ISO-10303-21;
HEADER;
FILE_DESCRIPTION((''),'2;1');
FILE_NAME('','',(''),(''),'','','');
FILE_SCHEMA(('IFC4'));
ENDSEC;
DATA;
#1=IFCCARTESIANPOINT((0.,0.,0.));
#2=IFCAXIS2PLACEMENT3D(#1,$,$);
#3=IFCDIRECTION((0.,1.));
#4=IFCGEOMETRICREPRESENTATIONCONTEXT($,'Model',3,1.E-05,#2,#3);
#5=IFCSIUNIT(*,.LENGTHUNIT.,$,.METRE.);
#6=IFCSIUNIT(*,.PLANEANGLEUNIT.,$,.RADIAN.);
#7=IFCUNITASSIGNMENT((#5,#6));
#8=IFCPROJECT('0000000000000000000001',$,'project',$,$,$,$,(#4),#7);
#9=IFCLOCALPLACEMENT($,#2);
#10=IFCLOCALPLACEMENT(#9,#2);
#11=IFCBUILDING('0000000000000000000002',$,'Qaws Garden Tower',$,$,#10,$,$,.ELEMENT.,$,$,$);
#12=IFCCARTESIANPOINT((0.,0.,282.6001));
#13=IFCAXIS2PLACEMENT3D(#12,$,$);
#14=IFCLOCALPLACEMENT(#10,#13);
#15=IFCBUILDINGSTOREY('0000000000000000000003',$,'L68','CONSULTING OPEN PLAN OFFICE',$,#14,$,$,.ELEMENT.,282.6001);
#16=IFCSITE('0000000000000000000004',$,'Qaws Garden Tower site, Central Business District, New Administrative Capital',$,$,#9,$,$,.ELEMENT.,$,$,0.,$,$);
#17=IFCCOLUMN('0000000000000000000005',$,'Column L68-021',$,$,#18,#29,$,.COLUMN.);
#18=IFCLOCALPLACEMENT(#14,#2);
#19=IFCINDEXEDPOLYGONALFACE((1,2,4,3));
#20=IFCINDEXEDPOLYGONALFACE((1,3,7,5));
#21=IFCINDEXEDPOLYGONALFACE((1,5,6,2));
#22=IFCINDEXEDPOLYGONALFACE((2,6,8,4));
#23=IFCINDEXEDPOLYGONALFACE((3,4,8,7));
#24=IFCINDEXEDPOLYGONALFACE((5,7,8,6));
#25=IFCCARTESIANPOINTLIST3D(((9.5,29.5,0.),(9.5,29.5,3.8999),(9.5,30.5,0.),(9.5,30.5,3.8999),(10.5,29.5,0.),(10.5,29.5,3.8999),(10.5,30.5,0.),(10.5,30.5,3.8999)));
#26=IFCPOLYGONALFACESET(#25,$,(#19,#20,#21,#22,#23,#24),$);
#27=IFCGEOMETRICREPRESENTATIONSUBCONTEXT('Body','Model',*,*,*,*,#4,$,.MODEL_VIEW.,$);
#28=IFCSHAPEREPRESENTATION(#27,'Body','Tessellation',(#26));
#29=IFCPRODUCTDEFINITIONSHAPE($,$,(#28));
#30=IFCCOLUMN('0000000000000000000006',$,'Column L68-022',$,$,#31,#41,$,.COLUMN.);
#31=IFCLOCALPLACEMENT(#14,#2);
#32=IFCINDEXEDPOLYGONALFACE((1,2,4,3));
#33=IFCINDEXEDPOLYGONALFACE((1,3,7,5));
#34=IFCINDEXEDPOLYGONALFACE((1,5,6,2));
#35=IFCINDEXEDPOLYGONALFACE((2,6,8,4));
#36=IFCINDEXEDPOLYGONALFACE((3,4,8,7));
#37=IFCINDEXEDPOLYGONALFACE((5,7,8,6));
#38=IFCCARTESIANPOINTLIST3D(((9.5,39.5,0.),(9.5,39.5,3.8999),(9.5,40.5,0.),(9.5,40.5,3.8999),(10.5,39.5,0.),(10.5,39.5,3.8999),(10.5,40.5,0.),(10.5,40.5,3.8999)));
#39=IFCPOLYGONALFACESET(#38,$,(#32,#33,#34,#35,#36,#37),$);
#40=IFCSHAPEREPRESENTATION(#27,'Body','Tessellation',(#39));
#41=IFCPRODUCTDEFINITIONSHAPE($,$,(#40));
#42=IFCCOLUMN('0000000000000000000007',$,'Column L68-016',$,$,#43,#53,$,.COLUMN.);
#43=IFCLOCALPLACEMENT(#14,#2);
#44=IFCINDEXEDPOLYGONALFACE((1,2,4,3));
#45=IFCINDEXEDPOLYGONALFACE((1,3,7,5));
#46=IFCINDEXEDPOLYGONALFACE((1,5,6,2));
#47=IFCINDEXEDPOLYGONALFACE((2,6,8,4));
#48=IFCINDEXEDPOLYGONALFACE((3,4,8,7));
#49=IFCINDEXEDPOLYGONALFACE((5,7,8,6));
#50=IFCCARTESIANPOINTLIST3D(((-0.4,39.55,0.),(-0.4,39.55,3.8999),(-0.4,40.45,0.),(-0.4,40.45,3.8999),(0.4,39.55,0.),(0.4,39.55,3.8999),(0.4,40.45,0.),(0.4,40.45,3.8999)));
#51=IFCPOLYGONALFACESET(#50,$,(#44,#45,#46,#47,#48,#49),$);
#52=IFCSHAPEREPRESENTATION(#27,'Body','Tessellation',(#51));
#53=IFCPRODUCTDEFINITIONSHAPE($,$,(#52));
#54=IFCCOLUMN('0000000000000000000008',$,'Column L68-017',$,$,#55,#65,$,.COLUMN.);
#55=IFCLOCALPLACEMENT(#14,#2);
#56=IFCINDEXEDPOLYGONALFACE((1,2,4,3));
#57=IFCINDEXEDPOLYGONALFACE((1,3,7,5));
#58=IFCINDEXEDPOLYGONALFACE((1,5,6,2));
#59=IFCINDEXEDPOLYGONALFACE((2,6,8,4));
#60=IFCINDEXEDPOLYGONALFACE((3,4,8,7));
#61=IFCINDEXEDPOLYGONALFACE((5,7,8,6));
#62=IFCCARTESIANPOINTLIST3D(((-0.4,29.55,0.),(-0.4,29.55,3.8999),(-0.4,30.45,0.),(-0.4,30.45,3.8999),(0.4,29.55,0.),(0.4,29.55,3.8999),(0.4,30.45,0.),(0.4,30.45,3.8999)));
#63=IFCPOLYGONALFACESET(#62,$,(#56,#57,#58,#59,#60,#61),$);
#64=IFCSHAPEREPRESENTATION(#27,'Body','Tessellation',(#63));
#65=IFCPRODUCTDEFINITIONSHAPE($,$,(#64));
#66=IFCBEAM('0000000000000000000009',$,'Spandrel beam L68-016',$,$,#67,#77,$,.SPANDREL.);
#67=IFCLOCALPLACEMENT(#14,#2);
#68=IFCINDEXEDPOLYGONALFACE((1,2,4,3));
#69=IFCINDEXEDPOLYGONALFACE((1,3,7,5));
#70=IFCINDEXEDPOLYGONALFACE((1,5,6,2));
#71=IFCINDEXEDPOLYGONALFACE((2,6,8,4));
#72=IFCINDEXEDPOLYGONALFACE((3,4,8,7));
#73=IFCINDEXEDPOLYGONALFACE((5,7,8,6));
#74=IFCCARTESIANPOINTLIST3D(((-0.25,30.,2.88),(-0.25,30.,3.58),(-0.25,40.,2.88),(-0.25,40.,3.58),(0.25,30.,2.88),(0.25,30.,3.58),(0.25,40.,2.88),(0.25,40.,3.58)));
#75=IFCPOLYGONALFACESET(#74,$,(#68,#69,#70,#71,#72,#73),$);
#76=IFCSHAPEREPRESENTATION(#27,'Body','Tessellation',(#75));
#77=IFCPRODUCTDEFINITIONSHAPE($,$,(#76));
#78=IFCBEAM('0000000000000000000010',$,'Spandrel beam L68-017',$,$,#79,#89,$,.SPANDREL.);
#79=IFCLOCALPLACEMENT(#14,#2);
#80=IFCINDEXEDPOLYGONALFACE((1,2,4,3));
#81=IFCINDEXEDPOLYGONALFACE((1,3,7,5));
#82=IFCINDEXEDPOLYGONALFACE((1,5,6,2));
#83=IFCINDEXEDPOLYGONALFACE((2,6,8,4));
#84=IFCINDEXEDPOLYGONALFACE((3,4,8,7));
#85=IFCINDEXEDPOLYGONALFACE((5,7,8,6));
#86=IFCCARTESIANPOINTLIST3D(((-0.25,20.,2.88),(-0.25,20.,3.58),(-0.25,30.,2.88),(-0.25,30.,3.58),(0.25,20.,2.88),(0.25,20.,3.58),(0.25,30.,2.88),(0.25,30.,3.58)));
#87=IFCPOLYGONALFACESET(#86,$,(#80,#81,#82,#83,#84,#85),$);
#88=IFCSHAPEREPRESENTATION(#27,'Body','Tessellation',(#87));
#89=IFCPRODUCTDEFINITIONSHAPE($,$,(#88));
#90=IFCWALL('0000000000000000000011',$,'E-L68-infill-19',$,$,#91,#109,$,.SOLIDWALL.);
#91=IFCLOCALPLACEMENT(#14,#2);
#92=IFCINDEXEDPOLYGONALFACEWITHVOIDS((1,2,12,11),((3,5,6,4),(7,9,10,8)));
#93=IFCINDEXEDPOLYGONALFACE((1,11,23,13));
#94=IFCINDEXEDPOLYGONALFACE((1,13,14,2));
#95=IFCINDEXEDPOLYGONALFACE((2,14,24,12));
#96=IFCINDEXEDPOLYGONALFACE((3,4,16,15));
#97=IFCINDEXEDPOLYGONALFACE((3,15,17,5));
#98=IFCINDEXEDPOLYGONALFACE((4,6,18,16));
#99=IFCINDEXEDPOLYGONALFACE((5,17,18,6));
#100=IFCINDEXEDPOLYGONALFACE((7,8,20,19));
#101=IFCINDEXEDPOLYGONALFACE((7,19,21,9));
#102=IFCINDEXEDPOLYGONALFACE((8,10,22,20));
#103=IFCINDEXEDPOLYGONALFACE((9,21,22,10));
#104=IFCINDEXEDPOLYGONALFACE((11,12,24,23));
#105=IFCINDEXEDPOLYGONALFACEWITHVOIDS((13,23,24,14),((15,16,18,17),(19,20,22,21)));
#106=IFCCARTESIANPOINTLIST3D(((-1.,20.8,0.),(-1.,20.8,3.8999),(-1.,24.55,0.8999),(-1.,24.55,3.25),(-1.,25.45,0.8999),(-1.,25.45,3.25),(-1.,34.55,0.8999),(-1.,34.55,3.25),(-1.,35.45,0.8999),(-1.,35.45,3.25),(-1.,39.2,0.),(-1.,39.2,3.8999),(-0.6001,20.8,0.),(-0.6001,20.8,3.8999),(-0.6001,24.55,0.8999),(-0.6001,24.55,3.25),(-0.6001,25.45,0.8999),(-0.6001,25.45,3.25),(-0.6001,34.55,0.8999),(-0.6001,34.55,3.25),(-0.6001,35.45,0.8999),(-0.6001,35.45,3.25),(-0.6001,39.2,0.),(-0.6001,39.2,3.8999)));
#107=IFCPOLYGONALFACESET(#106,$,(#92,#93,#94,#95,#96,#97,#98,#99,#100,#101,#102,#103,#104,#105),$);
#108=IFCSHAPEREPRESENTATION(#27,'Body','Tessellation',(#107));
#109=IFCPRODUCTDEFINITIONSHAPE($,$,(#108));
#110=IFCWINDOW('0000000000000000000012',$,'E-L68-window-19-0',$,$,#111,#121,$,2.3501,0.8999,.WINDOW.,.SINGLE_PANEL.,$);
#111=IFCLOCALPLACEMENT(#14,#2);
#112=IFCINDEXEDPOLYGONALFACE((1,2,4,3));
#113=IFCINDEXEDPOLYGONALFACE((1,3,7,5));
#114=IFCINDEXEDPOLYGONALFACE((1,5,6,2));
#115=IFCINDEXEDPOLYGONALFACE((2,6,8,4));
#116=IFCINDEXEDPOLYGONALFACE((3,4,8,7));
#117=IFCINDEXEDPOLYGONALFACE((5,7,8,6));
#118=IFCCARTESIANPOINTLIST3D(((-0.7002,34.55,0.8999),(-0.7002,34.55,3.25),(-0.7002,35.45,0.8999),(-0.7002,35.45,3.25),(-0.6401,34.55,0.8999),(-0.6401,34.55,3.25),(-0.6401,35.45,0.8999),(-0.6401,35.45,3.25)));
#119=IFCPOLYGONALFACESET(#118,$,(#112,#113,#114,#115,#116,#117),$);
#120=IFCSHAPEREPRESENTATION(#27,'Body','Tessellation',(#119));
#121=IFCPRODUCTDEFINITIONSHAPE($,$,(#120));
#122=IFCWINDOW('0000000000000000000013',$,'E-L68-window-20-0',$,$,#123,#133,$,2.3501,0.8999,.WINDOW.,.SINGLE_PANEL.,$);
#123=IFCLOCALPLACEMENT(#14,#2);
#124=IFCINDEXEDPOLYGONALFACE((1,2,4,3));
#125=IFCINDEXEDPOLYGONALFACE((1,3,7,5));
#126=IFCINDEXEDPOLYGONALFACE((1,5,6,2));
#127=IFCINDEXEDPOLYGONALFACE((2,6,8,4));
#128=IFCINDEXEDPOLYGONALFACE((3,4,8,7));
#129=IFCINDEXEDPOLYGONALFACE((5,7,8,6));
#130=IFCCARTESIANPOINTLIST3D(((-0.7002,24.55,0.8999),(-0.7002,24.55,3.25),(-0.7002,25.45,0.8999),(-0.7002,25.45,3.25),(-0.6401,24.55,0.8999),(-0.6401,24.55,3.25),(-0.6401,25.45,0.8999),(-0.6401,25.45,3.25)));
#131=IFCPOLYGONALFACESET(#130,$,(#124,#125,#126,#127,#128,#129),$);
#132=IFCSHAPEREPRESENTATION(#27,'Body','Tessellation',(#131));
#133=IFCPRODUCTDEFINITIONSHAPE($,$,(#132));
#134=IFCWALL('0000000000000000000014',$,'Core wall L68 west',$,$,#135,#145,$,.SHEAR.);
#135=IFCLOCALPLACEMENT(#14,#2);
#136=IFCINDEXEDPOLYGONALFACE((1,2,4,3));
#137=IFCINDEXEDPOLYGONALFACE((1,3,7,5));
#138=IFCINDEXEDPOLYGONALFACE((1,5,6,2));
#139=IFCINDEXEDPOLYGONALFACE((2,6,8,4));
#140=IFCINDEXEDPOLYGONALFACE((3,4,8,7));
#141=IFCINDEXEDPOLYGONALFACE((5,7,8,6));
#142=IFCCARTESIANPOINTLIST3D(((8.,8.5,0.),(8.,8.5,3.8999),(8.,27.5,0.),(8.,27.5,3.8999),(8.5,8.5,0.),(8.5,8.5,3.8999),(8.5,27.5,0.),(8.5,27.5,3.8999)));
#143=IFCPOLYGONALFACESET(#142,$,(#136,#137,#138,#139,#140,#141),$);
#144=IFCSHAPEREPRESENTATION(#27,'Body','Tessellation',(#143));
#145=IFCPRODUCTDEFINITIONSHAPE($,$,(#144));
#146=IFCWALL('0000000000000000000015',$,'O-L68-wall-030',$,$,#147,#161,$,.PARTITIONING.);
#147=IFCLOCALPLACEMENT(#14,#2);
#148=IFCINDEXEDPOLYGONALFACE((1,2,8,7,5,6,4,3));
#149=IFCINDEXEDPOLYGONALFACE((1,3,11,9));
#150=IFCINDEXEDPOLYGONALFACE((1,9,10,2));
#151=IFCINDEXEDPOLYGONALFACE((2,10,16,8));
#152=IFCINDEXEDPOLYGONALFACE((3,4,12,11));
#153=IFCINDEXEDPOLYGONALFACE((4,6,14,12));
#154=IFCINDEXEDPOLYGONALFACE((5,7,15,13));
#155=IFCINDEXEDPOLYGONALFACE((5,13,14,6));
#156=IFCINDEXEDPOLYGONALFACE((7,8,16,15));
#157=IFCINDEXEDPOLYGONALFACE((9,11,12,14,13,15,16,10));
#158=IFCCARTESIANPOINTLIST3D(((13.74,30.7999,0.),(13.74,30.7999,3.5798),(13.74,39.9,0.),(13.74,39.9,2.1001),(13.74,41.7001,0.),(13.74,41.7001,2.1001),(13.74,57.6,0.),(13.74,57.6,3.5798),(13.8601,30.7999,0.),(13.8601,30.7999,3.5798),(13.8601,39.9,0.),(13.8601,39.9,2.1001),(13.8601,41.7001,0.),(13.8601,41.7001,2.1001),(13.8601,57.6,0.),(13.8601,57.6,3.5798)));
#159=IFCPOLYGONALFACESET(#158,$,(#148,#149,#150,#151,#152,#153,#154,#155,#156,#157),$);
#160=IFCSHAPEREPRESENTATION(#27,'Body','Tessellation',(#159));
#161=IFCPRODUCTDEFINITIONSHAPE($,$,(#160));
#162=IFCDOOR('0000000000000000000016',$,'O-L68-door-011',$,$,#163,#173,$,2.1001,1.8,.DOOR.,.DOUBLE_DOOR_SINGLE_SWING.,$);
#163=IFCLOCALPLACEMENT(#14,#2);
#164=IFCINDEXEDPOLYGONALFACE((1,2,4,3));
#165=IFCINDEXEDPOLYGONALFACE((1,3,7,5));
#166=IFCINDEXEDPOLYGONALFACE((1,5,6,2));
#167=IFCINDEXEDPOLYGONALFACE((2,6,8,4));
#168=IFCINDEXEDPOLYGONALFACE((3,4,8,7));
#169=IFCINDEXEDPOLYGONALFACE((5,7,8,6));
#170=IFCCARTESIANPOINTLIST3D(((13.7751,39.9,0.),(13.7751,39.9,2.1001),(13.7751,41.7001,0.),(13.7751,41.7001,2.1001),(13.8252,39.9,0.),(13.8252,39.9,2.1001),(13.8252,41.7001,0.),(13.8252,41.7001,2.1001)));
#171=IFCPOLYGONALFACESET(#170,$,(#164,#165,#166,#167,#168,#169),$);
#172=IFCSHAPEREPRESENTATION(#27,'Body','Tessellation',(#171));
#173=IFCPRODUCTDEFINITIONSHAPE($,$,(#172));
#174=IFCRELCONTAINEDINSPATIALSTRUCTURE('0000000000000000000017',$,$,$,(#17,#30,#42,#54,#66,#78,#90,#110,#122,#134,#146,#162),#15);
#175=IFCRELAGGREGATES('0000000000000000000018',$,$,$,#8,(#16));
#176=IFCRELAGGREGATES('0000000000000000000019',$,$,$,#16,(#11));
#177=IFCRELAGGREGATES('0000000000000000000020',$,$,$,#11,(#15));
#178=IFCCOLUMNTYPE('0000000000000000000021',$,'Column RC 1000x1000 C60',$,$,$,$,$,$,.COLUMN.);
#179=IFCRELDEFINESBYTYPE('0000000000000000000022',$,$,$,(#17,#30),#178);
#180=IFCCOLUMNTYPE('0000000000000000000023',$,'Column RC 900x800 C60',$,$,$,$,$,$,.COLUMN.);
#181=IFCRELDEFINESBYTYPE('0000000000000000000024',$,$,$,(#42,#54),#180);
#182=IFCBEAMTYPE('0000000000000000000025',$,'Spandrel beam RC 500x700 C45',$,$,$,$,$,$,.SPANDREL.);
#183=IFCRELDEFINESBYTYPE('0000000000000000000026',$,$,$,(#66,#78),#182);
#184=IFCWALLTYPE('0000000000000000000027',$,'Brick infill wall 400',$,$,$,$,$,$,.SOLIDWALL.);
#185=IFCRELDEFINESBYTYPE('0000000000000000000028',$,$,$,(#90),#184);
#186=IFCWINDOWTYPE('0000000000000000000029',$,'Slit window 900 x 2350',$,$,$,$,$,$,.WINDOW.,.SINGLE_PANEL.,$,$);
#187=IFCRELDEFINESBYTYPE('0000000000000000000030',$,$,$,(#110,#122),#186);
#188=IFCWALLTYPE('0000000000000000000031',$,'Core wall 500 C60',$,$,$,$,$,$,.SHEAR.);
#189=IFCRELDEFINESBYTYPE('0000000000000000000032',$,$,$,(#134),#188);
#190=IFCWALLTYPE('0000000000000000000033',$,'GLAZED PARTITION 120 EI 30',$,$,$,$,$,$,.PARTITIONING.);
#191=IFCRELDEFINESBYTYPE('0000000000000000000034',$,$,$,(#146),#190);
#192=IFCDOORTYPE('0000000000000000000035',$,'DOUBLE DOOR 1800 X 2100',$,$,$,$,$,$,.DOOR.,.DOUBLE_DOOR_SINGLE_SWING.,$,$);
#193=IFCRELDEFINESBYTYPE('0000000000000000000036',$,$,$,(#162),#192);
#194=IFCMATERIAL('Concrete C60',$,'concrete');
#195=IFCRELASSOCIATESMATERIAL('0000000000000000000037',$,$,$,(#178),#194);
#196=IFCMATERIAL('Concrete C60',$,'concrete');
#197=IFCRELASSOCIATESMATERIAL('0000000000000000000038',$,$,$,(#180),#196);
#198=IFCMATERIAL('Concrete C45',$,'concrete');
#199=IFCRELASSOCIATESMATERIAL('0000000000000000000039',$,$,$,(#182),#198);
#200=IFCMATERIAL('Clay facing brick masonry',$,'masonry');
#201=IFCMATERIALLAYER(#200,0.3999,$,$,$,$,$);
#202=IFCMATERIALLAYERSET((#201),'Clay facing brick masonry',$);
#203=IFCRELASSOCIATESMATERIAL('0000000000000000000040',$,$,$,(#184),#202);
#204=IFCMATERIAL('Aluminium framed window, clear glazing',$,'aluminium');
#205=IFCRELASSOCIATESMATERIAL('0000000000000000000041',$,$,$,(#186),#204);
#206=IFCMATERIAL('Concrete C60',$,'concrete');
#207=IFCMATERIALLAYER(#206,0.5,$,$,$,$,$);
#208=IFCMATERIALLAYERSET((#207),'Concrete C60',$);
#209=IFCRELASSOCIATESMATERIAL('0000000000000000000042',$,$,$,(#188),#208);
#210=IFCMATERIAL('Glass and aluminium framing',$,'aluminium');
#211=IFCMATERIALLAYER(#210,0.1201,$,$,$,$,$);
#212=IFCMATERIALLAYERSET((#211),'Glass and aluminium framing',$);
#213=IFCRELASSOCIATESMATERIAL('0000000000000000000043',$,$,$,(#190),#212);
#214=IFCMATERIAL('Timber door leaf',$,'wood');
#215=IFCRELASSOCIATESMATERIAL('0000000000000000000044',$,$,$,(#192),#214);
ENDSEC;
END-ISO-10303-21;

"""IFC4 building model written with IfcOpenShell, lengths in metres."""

from ifc_helpers import new_model, si_unit, direction, frame, frame_2d, origin, origin_2d, place, context, subcontext, project, spatial, rectangle, extrude, material, layer, layer_set, material_profile, profile_set, type_object, element, fill, save


model = new_model("IFC4")

# Units and contexts
model_context = context("Model", 3, precision=1e-05, world=origin(), true_north=direction((0.0, 1.0)))
body_context = subcontext(model_context, "Body", "Model", "MODEL_VIEW")
ifc_project = project(units=[si_unit("LENGTHUNIT", "METRE"), si_unit("PLANEANGLEUNIT", "RADIAN")], contexts=[model_context])

# Site, building, storey
site_placement = place(None, origin())
site = spatial("IfcSite", under=ifc_project, at=site_placement, Name="Qaws Garden Tower site, Central Business District, New Administrative Capital", CompositionType="ELEMENT", RefElevation=0.0)
building_placement = place(site_placement, origin())
building = spatial("IfcBuilding", under=site, at=building_placement, Name="Qaws Garden Tower", CompositionType="ELEMENT")
storey_placement = place(building_placement, frame((0.0, 0.0, 282.6001)))
storey = spatial("IfcBuildingStorey", under=building, at=storey_placement, Name="L68", Description="CONSULTING OPEN PLAN OFFICE", CompositionType="ELEMENT", Elevation=282.6001)

# Columns
ifc_material_1 = material(Name="Concrete C60", Category="concrete")
ifc_material_profile_1 = material_profile(ifc_material_1, rectangle(XDim=1.0, YDim=1.0, at=origin_2d()), Name="RC 1000x1000")
ifc_profile_set_1 = profile_set([ifc_material_profile_1], Name="Concrete C60")
column_type_1 = type_object("IfcColumnType", Name="Column RC 1000x1000 C60", PredefinedType="COLUMN", material=ifc_profile_set_1)
for number, where, z_axis, x_axis, name in (
    (1, (10.0, 30.0, 0.0), (0.0, 0.0, 1.0), (1.0, 0.0, 0.0), "Column L68-021"),
    (2, (10.0, 40.0, 0.0), (0.0, 0.0, 1.0), (1.0, 0.0, 0.0), "Column L68-022"),
):
    element("IfcColumn", number, at=place(storey_placement, frame(where, z_axis=z_axis, x_axis=x_axis)), inside=storey, type_object=column_type_1, Name=name, PredefinedType="COLUMN", context=body_context, shape_type="SweptSolid", body=[
        extrude(rectangle(XDim=1.0, YDim=1.0, at=origin_2d()), origin(), (0.0, 0.0, 1.0), 3.8999),
    ])
ifc_material_2 = material(Name="Concrete C60", Category="concrete")
ifc_material_profile_2 = material_profile(ifc_material_2, rectangle(XDim=0.8999, YDim=0.8, at=origin_2d()), Name="RC 900x800")
ifc_profile_set_2 = profile_set([ifc_material_profile_2], Name="Concrete C60")
column_type_2 = type_object("IfcColumnType", Name="Column RC 900x800 C60", PredefinedType="COLUMN", material=ifc_profile_set_2)
for number, where, z_axis, x_axis, name in (
    (3, (0.0, 40.0, 0.0), (0.0, 0.0, 1.0), (0.0, 1.0, 0.0), "Column L68-016"),
    (4, (0.0, 30.0, 0.0), (0.0, 0.0, 1.0), (0.0, 1.0, 0.0), "Column L68-017"),
):
    element("IfcColumn", number, at=place(storey_placement, frame(where, z_axis=z_axis, x_axis=x_axis)), inside=storey, type_object=column_type_2, Name=name, PredefinedType="COLUMN", context=body_context, shape_type="SweptSolid", body=[
        extrude(rectangle(XDim=0.8999, YDim=0.8, at=origin_2d()), origin(), (0.0, 0.0, 1.0), 3.8999),
    ])

# Beams
ifc_material_3 = material(Name="Concrete C45", Category="concrete")
ifc_material_profile_3 = material_profile(ifc_material_3, rectangle(XDim=0.5, YDim=0.7, at=origin_2d()), Name="RC 500x700")
ifc_profile_set_3 = profile_set([ifc_material_profile_3], Name="Concrete C45")
beam_type = type_object("IfcBeamType", Name="Spandrel beam RC 500x700 C45", PredefinedType="SPANDREL", material=ifc_profile_set_3)
for number, where, z_axis, x_axis, name in (
    (5, (0.0, 40.0, 3.23), (0.0, -1.0, 0.0), (1.0, 0.0, 0.0), "Spandrel beam L68-016"),
    (6, (0.0, 30.0, 3.23), (0.0, -1.0, 0.0), (1.0, 0.0, 0.0), "Spandrel beam L68-017"),
):
    element("IfcBeam", number, at=place(storey_placement, frame(where, z_axis=z_axis, x_axis=x_axis)), inside=storey, type_object=beam_type, Name=name, PredefinedType="SPANDREL", context=body_context, shape_type="SweptSolid", body=[
        extrude(rectangle(XDim=0.5, YDim=0.7, at=origin_2d()), origin(), (0.0, 0.0, 1.0), 10.0),
    ])

# Wall, openings, windows
ifc_material_4 = material(Name="Clay facing brick masonry", Category="masonry")
ifc_layer_1 = layer(ifc_material_4, 0.3999)
ifc_layer_set_1 = layer_set([ifc_layer_1], Name="Clay facing brick masonry")
wall_type_1 = type_object("IfcWallType", Name="Brick infill wall 400", PredefinedType="SOLIDWALL", material=ifc_layer_set_1)
wall_1_placement = place(storey_placement, frame((-0.8, 39.2, 0.0), z_axis=(0.0, 0.0, 1.0), x_axis=(0.0, -1.0, 0.0)))
wall_1 = element("IfcWall", 7, at=wall_1_placement, inside=storey, type_object=wall_type_1, Name="E-L68-infill-19", PredefinedType="SOLIDWALL", context=body_context, shape_type="SweptSolid", body=[
    extrude(rectangle(XDim=18.3999, YDim=0.3999, at=frame_2d((9.2, 0.0))), origin(), (0.0, 0.0, 1.0), 3.8999),
])
opening_1_placement = place(wall_1_placement, frame((3.75, 0.0, 0.8999)))
opening_1 = element("IfcOpeningElement", 8, at=opening_1_placement, cuts=wall_1, PredefinedType="OPENING", context=body_context, shape_type="SweptSolid", body=[
    extrude(rectangle(XDim=0.8999, YDim=2.3501, at=frame_2d((0.45, 1.175))), frame((0.0, 0.21, 0.0), z_axis=(0.0, -1.0, 0.0), x_axis=(1.0, 0.0, 0.0)), (0.0, 0.0, 1.0), 0.4199),
])
opening_2_placement = place(wall_1_placement, frame((13.75, 0.0, 0.8999)))
opening_2 = element("IfcOpeningElement", 9, at=opening_2_placement, cuts=wall_1, PredefinedType="OPENING", context=body_context, shape_type="SweptSolid", body=[
    extrude(rectangle(XDim=0.8999, YDim=2.3501, at=frame_2d((0.45, 1.175))), frame((0.0, 0.21, 0.0), z_axis=(0.0, -1.0, 0.0), x_axis=(1.0, 0.0, 0.0)), (0.0, 0.0, 1.0), 0.4199),
])
ifc_material_5 = material(Name="Aluminium framed window, clear glazing", Category="aluminium")
window_type = type_object("IfcWindowType", Name="Slit window 900 x 2350", PartitioningType="SINGLE_PANEL", PredefinedType="WINDOW", material=ifc_material_5)
window_1_placement = place(opening_1_placement, origin())
window_1 = element("IfcWindow", 10, at=window_1_placement, inside=storey, type_object=window_type, Name="E-L68-window-19-0", OverallHeight=2.3501, OverallWidth=0.8999, PartitioningType="SINGLE_PANEL", PredefinedType="WINDOW", context=body_context, shape_type="SweptSolid", body=[
    extrude(rectangle(XDim=0.8999, YDim=2.3501, at=frame_2d((0.45, 1.175))), frame((0.0, 0.1599, 0.0), z_axis=(0.0, -1.0, 0.0), x_axis=(1.0, 0.0, 0.0)), (0.0, 0.0, 1.0), 0.0601),
])
fill(opening_1, window_1)
window_2_placement = place(opening_2_placement, origin())
window_2 = element("IfcWindow", 11, at=window_2_placement, inside=storey, type_object=window_type, Name="E-L68-window-20-0", OverallHeight=2.3501, OverallWidth=0.8999, PartitioningType="SINGLE_PANEL", PredefinedType="WINDOW", context=body_context, shape_type="SweptSolid", body=[
    extrude(rectangle(XDim=0.8999, YDim=2.3501, at=frame_2d((0.45, 1.175))), frame((0.0, 0.1599, 0.0), z_axis=(0.0, -1.0, 0.0), x_axis=(1.0, 0.0, 0.0)), (0.0, 0.0, 1.0), 0.0601),
])
fill(opening_2, window_2)

# Wall
ifc_material_6 = material(Name="Concrete C60", Category="concrete")
ifc_layer_2 = layer(ifc_material_6, 0.5)
ifc_layer_set_2 = layer_set([ifc_layer_2], Name="Concrete C60")
wall_type_2 = type_object("IfcWallType", Name="Core wall 500 C60", PredefinedType="SHEAR", material=ifc_layer_set_2)
wall_2_placement = place(storey_placement, frame((8.25, 27.5, 0.0), z_axis=(0.0, 0.0, 1.0), x_axis=(0.0, -1.0, 0.0)))
element("IfcWall", 12, at=wall_2_placement, inside=storey, type_object=wall_type_2, Name="Core wall L68 west", PredefinedType="SHEAR", context=body_context, shape_type="SweptSolid", body=[
    extrude(rectangle(XDim=19.0, YDim=0.5, at=frame_2d((9.5, 0.0))), origin(), (0.0, 0.0, 1.0), 3.8999),
])

# Wall, opening, door
ifc_material_7 = material(Name="Glass and aluminium framing", Category="aluminium")
ifc_layer_3 = layer(ifc_material_7, 0.1201)
ifc_layer_set_3 = layer_set([ifc_layer_3], Name="Glass and aluminium framing")
wall_type_3 = type_object("IfcWallType", Name="GLAZED PARTITION 120 EI 30", PredefinedType="PARTITIONING", material=ifc_layer_set_3)
wall_3_placement = place(storey_placement, frame((13.8, 30.8, 0.0), z_axis=(0.0, 0.0, 1.0), x_axis=(0.0, 1.0, 0.0)))
wall_3 = element("IfcWall", 13, at=wall_3_placement, inside=storey, type_object=wall_type_3, Name="O-L68-wall-030", PredefinedType="PARTITIONING", context=body_context, shape_type="SweptSolid", body=[
    extrude(rectangle(XDim=26.8, YDim=0.1201, at=frame_2d((13.3999, 0.0))), origin(), (0.0, 0.0, 1.0), 3.5798),
])
opening_3_placement = place(wall_3_placement, frame((9.1001, 0.0, 0.0)))
opening_3 = element("IfcOpeningElement", 14, at=opening_3_placement, cuts=wall_3, PredefinedType="OPENING", context=body_context, shape_type="SweptSolid", body=[
    extrude(rectangle(XDim=1.8, YDim=2.1001, at=frame_2d((0.8999, 1.05))), frame((0.0, 0.0701, 0.0), z_axis=(0.0, -1.0, 0.0), x_axis=(1.0, 0.0, 0.0)), (0.0, 0.0, 1.0), 0.1401),
])
ifc_material_8 = material(Name="Timber door leaf", Category="wood")
door_type_1 = type_object("IfcDoorType", Name="DOUBLE DOOR 1800 X 2100", OperationType="DOUBLE_DOOR_SINGLE_SWING", PredefinedType="DOOR", material=ifc_material_8)
door_1_placement = place(opening_3_placement, origin())
door_1 = element("IfcDoor", 15, at=door_1_placement, inside=storey, type_object=door_type_1, Name="O-L68-door-011", OperationType="DOUBLE_DOOR_SINGLE_SWING", OverallHeight=2.1001, OverallWidth=1.8, PredefinedType="DOOR", context=body_context, shape_type="SweptSolid", body=[
    extrude(rectangle(XDim=1.8, YDim=2.1001, at=frame_2d((0.8999, 1.05))), frame((0.0, 0.0249, 0.0), z_axis=(0.0, -1.0, 0.0), x_axis=(1.0, 0.0, 0.0)), (0.0, 0.0, 1.0), 0.05),
])
fill(opening_3, door_1)

save(model, "model.ifc")
